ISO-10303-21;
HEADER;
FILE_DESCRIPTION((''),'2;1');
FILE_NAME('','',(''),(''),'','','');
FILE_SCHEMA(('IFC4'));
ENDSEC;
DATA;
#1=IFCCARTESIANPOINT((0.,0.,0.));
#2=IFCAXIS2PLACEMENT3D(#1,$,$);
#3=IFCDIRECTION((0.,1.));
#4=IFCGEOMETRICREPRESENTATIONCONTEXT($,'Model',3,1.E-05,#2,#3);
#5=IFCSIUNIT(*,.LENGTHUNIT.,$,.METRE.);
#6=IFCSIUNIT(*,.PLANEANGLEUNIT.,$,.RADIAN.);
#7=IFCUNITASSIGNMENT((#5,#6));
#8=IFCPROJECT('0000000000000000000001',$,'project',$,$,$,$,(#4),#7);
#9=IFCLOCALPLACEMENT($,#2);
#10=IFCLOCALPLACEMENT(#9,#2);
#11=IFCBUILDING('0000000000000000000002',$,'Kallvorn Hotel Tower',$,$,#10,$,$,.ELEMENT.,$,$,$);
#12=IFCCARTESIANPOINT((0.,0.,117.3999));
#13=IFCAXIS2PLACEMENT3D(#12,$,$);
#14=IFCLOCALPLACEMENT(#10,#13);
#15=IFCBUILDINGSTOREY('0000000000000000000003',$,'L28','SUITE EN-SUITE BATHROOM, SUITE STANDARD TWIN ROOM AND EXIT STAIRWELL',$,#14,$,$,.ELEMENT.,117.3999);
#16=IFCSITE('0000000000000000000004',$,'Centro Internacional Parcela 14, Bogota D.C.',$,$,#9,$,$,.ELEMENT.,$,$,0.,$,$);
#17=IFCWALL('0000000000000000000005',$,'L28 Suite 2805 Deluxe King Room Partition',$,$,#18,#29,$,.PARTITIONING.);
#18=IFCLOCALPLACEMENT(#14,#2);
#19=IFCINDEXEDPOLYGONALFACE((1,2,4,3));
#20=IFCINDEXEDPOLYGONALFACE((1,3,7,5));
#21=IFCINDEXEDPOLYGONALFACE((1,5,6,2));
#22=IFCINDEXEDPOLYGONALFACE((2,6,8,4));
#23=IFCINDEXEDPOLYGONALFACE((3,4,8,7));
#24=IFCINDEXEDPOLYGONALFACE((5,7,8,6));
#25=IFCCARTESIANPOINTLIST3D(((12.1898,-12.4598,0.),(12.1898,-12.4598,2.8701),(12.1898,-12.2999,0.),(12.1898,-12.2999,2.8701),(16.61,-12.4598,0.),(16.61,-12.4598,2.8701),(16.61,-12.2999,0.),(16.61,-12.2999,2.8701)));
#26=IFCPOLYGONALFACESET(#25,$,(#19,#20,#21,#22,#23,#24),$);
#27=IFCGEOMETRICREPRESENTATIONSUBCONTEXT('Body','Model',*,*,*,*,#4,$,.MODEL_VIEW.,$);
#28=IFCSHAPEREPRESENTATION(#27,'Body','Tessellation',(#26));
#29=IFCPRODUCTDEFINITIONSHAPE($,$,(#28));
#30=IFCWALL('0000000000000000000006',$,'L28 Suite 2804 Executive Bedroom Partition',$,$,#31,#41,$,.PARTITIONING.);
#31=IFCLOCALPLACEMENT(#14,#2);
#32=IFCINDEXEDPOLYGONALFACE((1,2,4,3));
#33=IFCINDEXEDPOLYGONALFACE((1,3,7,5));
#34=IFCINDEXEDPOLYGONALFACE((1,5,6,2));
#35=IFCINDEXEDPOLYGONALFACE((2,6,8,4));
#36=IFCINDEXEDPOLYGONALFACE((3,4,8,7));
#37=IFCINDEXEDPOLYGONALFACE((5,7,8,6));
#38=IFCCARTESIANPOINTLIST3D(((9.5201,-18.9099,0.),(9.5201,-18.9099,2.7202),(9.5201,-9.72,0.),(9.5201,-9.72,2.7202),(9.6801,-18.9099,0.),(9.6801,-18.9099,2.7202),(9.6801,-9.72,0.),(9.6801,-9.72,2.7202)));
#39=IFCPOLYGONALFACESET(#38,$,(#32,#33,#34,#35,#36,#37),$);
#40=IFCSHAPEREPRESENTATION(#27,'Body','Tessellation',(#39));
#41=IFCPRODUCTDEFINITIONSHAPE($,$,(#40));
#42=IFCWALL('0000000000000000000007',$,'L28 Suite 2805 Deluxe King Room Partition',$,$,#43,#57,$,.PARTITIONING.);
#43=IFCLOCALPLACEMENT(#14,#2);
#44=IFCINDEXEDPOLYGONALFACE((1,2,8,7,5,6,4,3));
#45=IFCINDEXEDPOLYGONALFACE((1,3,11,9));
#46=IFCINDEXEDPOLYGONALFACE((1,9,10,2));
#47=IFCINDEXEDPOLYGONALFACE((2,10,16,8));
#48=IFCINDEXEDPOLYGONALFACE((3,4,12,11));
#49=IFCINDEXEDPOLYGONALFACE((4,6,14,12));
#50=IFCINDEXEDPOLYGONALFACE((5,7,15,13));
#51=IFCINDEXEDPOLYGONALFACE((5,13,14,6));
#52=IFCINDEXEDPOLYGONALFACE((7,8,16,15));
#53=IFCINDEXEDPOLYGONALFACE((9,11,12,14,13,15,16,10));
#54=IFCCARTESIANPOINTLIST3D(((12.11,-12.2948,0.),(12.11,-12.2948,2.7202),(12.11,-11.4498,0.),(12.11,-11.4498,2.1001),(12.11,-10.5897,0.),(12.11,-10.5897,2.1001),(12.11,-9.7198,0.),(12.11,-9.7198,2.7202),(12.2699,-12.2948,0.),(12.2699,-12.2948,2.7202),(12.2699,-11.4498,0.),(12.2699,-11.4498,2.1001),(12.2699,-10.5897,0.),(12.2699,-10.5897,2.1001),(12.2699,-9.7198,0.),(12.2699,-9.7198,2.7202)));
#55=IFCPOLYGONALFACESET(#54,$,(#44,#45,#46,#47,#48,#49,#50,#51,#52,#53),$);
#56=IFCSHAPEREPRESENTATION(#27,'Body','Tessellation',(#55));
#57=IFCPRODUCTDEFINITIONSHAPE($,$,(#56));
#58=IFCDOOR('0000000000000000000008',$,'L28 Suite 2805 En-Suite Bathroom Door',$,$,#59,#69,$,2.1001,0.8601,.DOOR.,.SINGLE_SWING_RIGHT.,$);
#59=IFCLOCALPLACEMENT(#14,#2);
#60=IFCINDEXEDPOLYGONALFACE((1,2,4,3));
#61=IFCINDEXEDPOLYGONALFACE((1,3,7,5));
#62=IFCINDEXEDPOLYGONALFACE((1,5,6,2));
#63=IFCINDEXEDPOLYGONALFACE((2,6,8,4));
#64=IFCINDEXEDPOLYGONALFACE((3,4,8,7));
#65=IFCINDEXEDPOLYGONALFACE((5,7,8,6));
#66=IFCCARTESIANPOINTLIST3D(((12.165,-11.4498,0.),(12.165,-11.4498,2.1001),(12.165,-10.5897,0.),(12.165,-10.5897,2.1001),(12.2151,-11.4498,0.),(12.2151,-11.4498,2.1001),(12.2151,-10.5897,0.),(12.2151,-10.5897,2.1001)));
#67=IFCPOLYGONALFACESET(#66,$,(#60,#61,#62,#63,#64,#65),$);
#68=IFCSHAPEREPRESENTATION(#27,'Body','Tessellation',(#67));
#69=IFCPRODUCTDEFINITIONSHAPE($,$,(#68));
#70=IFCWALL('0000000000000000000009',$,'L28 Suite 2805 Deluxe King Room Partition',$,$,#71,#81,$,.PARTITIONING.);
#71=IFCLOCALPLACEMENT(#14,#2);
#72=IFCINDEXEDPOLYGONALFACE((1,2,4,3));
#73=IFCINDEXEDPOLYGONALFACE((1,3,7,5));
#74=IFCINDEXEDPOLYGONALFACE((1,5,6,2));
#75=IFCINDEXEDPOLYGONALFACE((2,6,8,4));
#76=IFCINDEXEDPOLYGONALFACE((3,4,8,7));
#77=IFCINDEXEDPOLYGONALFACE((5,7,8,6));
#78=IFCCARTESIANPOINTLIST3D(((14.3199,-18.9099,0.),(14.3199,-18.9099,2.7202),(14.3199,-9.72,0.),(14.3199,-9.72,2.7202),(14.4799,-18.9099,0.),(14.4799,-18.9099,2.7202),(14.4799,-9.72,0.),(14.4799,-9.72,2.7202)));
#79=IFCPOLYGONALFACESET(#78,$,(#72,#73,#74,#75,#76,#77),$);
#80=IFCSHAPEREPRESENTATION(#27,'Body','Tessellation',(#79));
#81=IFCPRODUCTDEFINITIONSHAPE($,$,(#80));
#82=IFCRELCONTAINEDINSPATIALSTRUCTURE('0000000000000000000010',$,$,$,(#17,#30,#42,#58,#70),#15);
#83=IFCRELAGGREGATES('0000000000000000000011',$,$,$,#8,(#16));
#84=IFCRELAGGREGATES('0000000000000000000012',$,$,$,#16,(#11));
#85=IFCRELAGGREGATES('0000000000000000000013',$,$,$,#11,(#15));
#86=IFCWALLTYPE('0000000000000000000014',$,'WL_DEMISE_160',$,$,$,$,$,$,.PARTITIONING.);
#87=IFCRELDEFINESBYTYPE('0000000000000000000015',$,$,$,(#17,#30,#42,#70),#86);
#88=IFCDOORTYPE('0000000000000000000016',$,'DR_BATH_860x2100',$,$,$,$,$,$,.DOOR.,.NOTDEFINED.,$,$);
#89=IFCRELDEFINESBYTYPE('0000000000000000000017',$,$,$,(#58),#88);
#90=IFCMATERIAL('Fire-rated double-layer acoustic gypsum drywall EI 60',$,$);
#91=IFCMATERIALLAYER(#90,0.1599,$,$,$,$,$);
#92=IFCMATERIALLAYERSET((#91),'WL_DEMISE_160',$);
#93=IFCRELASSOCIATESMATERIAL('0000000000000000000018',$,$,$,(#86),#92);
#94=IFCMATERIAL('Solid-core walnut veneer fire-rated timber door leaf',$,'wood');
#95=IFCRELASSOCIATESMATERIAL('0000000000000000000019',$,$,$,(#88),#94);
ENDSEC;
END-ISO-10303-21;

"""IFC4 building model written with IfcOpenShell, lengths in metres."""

from ifc_helpers import new_model, si_unit, direction, frame, frame_2d, origin, place, context, subcontext, project, spatial, rectangle, extrude, material, layer, layer_set, type_object, element, fill, save


model = new_model("IFC4")

# Units and contexts
model_context = context("Model", 3, precision=1e-05, world=origin(), true_north=direction((0.0, 1.0)))
body_context = subcontext(model_context, "Body", "Model", "MODEL_VIEW")
ifc_project = project(units=[si_unit("LENGTHUNIT", "METRE"), si_unit("PLANEANGLEUNIT", "RADIAN")], contexts=[model_context])

# Site, building, storey
site_placement = place(None, origin())
site = spatial("IfcSite", under=ifc_project, at=site_placement, Name="Centro Internacional Parcela 14, Bogota D.C.", CompositionType="ELEMENT", RefElevation=0.0)
building_placement = place(site_placement, origin())
building = spatial("IfcBuilding", under=site, at=building_placement, Name="Kallvorn Hotel Tower", CompositionType="ELEMENT")
storey_placement = place(building_placement, frame((0.0, 0.0, 117.3999)))
storey = spatial("IfcBuildingStorey", under=building, at=storey_placement, Name="L28", Description="SUITE EN-SUITE BATHROOM, SUITE STANDARD TWIN ROOM AND EXIT STAIRWELL", CompositionType="ELEMENT", Elevation=117.3999)

# Walls
ifc_material_1 = material(Name="Fire-rated double-layer acoustic gypsum drywall EI 60")
ifc_layer = layer(ifc_material_1, 0.1599)
ifc_layer_set = layer_set([ifc_layer], Name="WL_DEMISE_160")
wall_type = type_object("IfcWallType", Name="WL_DEMISE_160", PredefinedType="PARTITIONING", material=ifc_layer_set)
wall_1_placement = place(storey_placement, frame((12.1899, -12.3799, 0.0), z_axis=(0.0, 0.0, 1.0), x_axis=(1.0, 0.0, 0.0)))
element("IfcWall", 1, at=wall_1_placement, inside=storey, type_object=wall_type, Name="L28 Suite 2805 Deluxe King Room Partition", PredefinedType="PARTITIONING", context=body_context, shape_type="SweptSolid", body=[
    extrude(rectangle(XDim=4.4202, YDim=0.1599, at=frame_2d((2.21, 0.0))), origin(), (0.0, 0.0, 1.0), 2.8701),
])
wall_2_placement = place(storey_placement, frame((9.6001, -18.9099, 0.0), z_axis=(0.0, 0.0, 1.0), x_axis=(0.0, 1.0, 0.0)))
element("IfcWall", 2, at=wall_2_placement, inside=storey, type_object=wall_type, Name="L28 Suite 2804 Executive Bedroom Partition", PredefinedType="PARTITIONING", context=body_context, shape_type="SweptSolid", body=[
    extrude(rectangle(XDim=9.1899, YDim=0.1599, at=frame_2d((4.595, 0.0))), origin(), (0.0, 0.0, 1.0), 2.7202),
])

# Wall, opening, door
wall_3_placement = place(storey_placement, frame((12.1899, -12.2949, 0.0), z_axis=(0.0, 0.0, 1.0), x_axis=(0.0, 1.0, 0.0)))
wall_3 = element("IfcWall", 3, at=wall_3_placement, inside=storey, type_object=wall_type, Name="L28 Suite 2805 Deluxe King Room Partition", PredefinedType="PARTITIONING", context=body_context, shape_type="SweptSolid", body=[
    extrude(rectangle(XDim=2.575, YDim=0.1599, at=frame_2d((1.2876, 0.0))), origin(), (0.0, 0.0, 1.0), 2.7202),
])
opening_placement = place(wall_3_placement, frame((0.845, 0.0, 0.0)))
opening = element("IfcOpeningElement", 4, at=opening_placement, cuts=wall_3, PredefinedType="OPENING", context=body_context, shape_type="SweptSolid", body=[
    extrude(rectangle(XDim=0.8601, YDim=2.1001, at=frame_2d((0.4302, 1.05))), frame((0.0, 0.095, 0.0), z_axis=(0.0, -1.0, 0.0), x_axis=(1.0, 0.0, 0.0)), (0.0, 0.0, 1.0), 0.1899),
])
ifc_material_2 = material(Name="Solid-core walnut veneer fire-rated timber door leaf", Category="wood")
door_type = type_object("IfcDoorType", Name="DR_BATH_860x2100", OperationType="NOTDEFINED", PredefinedType="DOOR", material=ifc_material_2)
door_placement = place(opening_placement, origin())
door = element("IfcDoor", 5, at=door_placement, inside=storey, type_object=door_type, Name="L28 Suite 2805 En-Suite Bathroom Door", OperationType="SINGLE_SWING_RIGHT", OverallHeight=2.1001, OverallWidth=0.8601, PredefinedType="DOOR", context=body_context, shape_type="SweptSolid", body=[
    extrude(rectangle(XDim=0.8601, YDim=2.1001, at=frame_2d((0.4302, 1.05))), frame((0.0, 0.0249, 0.0), z_axis=(0.0, -1.0, 0.0), x_axis=(1.0, 0.0, 0.0)), (0.0, 0.0, 1.0), 0.05),
])
fill(opening, door)

# Wall
wall_4_placement = place(storey_placement, frame((14.3999, -18.9099, 0.0), z_axis=(0.0, 0.0, 1.0), x_axis=(0.0, 1.0, 0.0)))
element("IfcWall", 6, at=wall_4_placement, inside=storey, type_object=wall_type, Name="L28 Suite 2805 Deluxe King Room Partition", PredefinedType="PARTITIONING", context=body_context, shape_type="SweptSolid", body=[
    extrude(rectangle(XDim=9.1899, YDim=0.1599, at=frame_2d((4.595, 0.0))), origin(), (0.0, 0.0, 1.0), 2.7202),
])

save(model, "model.ifc")
